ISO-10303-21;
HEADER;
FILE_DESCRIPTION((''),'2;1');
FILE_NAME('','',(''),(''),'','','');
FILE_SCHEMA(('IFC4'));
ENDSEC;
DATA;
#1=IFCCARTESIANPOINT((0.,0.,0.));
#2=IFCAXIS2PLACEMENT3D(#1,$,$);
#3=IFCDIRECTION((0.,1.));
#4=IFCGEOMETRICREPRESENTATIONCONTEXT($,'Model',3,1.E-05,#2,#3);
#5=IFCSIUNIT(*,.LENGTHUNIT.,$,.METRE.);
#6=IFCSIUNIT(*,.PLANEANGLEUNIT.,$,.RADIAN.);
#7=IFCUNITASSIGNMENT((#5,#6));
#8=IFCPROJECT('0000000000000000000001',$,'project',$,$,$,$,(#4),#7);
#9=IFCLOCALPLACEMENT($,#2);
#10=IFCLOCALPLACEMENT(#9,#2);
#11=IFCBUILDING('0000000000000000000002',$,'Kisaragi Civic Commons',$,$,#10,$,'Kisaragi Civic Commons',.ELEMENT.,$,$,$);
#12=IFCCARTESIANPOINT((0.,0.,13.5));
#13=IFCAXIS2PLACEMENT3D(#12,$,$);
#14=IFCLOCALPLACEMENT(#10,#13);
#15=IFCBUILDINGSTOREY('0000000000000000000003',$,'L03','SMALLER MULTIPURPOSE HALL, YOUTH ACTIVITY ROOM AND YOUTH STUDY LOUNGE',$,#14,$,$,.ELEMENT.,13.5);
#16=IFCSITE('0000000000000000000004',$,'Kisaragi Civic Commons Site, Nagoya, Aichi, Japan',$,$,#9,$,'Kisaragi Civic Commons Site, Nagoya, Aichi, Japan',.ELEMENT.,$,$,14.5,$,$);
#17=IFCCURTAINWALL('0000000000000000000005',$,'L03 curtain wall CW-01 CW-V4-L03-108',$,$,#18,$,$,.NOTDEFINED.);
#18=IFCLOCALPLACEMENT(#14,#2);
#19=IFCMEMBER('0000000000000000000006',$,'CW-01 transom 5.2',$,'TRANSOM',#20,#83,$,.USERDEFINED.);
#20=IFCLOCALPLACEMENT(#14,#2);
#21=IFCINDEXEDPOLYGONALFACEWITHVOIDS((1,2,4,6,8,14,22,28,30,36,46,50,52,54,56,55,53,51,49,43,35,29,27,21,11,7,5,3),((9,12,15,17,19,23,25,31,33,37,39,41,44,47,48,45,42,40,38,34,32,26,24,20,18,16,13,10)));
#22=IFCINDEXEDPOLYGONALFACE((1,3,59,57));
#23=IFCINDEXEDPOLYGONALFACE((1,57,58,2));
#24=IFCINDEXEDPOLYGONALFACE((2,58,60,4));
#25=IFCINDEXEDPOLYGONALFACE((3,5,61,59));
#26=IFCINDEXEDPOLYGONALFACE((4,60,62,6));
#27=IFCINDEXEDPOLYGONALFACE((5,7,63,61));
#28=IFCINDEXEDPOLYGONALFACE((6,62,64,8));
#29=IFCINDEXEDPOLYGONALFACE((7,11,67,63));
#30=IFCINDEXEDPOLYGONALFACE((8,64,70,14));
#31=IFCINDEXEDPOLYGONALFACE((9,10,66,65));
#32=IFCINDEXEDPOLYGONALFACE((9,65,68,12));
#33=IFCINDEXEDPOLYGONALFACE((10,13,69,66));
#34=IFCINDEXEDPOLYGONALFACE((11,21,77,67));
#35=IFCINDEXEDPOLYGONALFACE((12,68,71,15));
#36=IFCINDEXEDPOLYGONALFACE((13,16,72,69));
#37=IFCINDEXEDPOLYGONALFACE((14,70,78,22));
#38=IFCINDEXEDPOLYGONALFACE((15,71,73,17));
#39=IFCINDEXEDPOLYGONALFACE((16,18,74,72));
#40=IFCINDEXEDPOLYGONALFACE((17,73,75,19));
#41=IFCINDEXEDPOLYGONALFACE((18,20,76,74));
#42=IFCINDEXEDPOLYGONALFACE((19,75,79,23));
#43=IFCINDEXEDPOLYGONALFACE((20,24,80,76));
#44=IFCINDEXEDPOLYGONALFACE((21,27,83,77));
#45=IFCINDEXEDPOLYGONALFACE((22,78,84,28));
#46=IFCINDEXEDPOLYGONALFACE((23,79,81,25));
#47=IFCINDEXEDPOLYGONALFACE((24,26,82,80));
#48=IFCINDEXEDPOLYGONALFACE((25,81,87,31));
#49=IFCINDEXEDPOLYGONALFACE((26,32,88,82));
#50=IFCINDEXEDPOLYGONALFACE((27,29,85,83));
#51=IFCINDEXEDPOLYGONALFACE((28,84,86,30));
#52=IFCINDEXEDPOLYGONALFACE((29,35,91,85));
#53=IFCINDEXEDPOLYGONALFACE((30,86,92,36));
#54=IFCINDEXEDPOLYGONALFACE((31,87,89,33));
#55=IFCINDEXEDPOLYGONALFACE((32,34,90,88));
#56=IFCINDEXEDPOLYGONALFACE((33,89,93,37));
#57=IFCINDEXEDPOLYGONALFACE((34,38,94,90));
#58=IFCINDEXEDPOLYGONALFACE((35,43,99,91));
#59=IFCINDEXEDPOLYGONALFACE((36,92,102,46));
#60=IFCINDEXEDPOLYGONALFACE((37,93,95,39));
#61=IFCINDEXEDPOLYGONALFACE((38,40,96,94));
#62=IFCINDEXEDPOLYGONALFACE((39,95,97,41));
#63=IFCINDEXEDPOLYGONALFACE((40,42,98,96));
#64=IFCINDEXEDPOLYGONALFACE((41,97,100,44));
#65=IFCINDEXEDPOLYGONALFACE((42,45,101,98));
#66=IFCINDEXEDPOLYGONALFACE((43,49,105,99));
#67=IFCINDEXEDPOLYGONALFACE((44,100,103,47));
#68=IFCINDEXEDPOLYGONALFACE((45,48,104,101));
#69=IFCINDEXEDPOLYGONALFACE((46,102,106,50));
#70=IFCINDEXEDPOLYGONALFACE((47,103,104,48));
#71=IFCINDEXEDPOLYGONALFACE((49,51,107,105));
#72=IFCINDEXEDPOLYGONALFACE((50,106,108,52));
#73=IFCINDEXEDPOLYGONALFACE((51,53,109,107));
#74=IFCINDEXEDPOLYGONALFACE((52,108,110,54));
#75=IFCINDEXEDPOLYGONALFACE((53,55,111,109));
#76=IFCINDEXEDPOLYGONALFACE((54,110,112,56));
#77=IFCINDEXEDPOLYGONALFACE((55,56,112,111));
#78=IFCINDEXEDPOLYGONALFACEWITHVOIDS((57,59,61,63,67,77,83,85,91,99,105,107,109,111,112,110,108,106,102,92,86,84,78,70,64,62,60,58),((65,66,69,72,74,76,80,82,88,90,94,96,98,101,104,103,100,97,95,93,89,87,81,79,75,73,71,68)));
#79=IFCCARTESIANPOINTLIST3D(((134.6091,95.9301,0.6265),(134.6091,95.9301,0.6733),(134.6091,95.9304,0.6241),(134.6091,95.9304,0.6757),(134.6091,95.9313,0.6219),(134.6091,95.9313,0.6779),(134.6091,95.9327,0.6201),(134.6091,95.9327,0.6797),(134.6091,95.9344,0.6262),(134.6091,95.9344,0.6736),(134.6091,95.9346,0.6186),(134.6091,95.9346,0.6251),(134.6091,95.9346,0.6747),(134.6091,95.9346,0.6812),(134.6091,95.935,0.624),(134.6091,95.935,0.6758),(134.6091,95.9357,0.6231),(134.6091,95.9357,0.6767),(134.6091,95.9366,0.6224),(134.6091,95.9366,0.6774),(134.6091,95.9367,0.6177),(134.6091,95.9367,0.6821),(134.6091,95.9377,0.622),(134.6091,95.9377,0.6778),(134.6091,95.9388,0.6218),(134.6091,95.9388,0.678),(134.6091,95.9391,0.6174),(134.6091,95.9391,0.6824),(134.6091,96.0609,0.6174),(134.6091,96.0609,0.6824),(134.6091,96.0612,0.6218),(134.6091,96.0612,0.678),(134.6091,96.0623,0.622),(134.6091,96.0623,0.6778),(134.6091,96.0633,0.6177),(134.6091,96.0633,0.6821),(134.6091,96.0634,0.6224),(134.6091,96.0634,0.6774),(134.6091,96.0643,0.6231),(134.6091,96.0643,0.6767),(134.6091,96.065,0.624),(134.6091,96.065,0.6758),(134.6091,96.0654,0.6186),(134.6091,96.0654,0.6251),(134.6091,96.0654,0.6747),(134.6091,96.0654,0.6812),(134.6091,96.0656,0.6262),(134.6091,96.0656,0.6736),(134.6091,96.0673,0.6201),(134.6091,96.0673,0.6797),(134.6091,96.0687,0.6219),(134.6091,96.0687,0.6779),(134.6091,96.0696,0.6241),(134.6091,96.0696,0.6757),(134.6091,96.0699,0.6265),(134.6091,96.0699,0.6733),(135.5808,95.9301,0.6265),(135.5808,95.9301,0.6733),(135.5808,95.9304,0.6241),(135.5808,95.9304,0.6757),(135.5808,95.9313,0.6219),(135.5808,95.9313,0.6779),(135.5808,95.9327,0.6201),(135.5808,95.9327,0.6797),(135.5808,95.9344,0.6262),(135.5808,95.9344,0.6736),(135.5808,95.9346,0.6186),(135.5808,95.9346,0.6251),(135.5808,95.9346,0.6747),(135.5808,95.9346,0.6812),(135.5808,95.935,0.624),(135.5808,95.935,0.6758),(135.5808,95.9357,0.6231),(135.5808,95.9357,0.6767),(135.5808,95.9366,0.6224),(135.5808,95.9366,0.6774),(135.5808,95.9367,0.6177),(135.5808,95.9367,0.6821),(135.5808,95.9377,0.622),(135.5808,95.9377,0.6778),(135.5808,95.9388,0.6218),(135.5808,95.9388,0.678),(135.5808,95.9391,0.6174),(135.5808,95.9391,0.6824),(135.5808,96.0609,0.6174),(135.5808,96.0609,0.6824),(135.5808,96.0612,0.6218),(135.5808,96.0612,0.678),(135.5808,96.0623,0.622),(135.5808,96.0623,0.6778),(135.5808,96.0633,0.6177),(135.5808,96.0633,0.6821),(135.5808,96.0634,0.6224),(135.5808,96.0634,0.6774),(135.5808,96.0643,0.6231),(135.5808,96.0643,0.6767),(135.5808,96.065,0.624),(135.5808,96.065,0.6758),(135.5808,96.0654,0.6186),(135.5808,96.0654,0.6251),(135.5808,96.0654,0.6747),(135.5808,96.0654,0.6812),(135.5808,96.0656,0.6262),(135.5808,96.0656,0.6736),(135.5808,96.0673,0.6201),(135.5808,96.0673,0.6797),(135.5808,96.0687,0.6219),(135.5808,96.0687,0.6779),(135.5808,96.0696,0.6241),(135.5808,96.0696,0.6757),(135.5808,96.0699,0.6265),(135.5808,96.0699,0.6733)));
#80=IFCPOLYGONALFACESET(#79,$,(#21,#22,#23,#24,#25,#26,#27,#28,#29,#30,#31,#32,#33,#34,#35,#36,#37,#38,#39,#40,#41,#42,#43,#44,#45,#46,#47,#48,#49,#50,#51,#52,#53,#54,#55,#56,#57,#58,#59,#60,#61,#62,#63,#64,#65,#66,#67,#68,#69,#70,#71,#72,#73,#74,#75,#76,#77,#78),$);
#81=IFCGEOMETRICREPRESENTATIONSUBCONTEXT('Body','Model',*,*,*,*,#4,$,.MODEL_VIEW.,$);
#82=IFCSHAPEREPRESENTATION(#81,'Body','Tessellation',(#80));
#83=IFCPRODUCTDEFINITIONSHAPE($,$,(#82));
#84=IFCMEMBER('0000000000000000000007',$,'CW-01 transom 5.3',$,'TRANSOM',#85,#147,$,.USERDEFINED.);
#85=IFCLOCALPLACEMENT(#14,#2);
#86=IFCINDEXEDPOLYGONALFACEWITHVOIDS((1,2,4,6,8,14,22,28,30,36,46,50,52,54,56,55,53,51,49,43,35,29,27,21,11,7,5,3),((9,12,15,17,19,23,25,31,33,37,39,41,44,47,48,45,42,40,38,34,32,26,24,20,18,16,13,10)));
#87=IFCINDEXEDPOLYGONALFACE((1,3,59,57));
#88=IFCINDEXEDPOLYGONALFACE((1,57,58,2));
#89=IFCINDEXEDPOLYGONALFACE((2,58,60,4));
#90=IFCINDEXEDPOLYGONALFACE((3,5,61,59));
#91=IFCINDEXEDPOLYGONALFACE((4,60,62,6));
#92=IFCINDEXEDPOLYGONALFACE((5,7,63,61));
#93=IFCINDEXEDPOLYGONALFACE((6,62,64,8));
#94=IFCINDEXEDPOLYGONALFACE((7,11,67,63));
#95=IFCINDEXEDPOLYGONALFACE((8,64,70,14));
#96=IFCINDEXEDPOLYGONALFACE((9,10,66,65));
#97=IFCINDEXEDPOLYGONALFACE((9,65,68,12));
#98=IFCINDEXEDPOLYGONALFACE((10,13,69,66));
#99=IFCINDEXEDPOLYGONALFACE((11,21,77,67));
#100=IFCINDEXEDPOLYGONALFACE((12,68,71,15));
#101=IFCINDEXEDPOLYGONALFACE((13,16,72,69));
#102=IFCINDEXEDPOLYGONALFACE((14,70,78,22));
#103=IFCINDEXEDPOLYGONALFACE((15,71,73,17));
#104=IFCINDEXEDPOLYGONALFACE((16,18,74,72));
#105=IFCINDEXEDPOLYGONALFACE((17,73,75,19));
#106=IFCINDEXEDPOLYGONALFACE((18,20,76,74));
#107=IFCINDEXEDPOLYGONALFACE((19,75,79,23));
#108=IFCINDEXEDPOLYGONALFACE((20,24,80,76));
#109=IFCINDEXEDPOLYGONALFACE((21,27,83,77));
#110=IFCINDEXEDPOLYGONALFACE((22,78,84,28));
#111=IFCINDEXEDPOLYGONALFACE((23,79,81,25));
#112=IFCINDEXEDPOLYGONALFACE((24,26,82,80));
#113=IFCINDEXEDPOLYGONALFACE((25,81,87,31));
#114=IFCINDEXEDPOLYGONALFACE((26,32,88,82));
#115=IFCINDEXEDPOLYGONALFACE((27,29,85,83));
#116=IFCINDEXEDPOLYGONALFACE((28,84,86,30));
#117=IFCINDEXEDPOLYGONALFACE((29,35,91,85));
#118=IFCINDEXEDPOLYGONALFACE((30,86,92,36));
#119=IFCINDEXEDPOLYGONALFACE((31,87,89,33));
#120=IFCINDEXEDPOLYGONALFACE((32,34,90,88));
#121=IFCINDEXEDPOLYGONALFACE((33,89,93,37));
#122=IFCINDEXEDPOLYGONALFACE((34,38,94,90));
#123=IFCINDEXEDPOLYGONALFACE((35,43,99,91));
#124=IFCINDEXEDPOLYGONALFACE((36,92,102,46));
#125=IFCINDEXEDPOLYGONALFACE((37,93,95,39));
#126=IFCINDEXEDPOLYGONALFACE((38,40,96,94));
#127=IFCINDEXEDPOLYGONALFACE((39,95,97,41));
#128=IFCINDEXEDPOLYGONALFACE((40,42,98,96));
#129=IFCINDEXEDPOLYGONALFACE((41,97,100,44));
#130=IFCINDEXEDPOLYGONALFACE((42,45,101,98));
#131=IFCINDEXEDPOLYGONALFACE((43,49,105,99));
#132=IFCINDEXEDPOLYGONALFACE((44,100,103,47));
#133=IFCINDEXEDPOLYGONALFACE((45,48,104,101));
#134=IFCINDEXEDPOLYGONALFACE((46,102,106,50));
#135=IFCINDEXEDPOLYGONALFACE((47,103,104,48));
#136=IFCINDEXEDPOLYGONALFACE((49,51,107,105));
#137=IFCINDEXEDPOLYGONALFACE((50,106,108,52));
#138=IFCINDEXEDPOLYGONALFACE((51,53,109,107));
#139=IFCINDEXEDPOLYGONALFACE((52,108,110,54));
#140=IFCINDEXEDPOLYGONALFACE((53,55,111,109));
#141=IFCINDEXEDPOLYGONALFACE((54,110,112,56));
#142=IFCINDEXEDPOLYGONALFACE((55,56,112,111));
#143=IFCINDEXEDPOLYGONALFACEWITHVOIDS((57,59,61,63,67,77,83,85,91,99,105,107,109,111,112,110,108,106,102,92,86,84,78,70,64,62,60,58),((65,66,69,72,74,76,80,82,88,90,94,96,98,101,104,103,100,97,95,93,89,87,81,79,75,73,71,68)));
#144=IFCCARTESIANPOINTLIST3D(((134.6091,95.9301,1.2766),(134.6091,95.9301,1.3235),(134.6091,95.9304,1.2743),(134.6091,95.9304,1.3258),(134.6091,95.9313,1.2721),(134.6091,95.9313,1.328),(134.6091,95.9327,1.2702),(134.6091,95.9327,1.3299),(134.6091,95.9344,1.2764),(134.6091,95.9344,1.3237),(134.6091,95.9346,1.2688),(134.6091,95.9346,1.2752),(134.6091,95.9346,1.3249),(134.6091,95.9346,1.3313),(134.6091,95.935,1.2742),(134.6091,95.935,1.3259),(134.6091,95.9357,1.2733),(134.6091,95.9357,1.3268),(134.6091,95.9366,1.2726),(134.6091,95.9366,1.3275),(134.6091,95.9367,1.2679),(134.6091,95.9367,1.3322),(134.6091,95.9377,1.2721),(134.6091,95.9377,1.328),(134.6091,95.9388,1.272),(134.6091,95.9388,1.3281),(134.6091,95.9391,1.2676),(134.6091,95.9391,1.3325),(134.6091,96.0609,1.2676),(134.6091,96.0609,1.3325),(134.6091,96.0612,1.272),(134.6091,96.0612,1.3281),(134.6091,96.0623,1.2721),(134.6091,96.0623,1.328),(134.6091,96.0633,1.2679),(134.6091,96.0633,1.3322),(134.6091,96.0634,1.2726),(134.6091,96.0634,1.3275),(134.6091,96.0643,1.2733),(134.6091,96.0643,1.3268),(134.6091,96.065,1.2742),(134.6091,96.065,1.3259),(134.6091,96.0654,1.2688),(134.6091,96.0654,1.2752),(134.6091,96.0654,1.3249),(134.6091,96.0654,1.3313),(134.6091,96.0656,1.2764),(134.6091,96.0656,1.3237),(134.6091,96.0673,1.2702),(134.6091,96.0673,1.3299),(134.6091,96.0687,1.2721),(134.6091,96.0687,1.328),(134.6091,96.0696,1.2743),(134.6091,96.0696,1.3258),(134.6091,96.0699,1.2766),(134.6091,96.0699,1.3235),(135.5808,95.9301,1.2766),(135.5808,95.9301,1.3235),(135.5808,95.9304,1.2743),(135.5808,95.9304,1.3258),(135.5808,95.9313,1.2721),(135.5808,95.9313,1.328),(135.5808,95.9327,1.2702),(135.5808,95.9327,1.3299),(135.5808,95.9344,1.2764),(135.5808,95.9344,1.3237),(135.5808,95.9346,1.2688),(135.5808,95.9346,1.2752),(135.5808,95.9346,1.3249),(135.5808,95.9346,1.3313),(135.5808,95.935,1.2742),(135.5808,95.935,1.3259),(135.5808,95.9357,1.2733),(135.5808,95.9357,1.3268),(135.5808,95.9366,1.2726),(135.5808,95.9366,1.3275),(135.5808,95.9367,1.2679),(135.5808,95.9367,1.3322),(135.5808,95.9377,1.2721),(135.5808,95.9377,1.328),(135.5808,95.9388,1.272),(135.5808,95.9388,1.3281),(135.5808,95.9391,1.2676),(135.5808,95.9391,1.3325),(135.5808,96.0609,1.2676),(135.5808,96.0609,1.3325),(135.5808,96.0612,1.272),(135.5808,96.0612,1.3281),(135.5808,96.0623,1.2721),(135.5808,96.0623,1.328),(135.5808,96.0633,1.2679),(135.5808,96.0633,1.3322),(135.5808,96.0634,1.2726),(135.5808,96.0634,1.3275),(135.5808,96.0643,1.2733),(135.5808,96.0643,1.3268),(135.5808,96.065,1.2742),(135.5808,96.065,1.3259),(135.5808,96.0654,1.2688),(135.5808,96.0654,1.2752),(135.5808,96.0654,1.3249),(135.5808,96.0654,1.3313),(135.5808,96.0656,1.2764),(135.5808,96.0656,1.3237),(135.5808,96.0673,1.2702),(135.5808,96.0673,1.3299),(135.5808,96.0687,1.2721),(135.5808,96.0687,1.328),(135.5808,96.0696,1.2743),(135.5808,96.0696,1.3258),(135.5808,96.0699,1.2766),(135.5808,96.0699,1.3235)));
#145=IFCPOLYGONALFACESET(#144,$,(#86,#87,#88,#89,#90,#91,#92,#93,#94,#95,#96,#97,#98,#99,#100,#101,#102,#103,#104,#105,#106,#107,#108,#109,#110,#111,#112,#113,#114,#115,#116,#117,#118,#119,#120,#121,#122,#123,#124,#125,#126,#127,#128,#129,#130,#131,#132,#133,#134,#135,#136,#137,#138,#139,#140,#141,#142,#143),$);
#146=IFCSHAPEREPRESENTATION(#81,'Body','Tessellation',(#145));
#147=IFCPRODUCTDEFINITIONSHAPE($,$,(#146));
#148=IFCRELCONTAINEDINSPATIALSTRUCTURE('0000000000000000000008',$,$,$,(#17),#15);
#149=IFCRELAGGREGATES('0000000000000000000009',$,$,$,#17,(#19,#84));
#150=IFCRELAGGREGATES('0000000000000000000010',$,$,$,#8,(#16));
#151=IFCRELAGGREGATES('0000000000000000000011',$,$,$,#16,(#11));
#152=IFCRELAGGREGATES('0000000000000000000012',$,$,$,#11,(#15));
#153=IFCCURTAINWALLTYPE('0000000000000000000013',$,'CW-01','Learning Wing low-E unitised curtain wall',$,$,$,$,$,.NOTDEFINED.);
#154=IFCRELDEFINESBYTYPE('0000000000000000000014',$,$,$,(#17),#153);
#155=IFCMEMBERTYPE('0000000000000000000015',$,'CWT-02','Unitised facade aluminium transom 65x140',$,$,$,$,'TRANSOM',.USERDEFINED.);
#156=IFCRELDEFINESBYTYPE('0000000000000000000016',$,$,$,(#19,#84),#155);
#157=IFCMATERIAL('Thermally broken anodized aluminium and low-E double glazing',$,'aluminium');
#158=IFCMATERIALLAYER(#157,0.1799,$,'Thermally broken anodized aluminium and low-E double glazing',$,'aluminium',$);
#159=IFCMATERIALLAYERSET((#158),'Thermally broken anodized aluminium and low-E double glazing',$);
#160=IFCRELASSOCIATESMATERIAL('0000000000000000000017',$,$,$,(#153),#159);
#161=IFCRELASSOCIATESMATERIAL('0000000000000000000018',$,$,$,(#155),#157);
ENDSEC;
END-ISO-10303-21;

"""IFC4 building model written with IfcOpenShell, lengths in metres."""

from ifc_helpers import new_model, si_unit, direction, frame, origin, origin_2d, place, context, subcontext, project, spatial, hollow_rectangle, extrude, material, layer, layer_set, material_profile, profile_set, type_object, element, aggregate, save


model = new_model("IFC4")

# Units and contexts
model_context = context("Model", 3, precision=1e-05, world=origin(), true_north=direction((0.0, 1.0)))
body_context = subcontext(model_context, "Body", "Model", "MODEL_VIEW")
ifc_project = project(units=[si_unit("LENGTHUNIT", "METRE"), si_unit("PLANEANGLEUNIT", "RADIAN")], contexts=[model_context])

# Site, building, storey
site_placement = place(None, origin())
site = spatial("IfcSite", under=ifc_project, at=site_placement, Name="Kisaragi Civic Commons Site, Nagoya, Aichi, Japan", LongName="Kisaragi Civic Commons Site, Nagoya, Aichi, Japan", CompositionType="ELEMENT", RefElevation=14.5)
building_placement = place(site_placement, origin())
building = spatial("IfcBuilding", under=site, at=building_placement, Name="Kisaragi Civic Commons", LongName="Kisaragi Civic Commons", CompositionType="ELEMENT")
storey_placement = place(building_placement, frame((0.0, 0.0, 13.5)))
storey = spatial("IfcBuildingStorey", under=building, at=storey_placement, Name="L03", Description="SMALLER MULTIPURPOSE HALL, YOUTH ACTIVITY ROOM AND YOUTH STUDY LOUNGE", CompositionType="ELEMENT", Elevation=13.5)

# Curtain wall, members
ifc_material = material(Name="Thermally broken anodized aluminium and low-E double glazing", Category="aluminium")
ifc_layer_1 = layer(ifc_material, 0.1799, Name="Thermally broken anodized aluminium and low-E double glazing", Category="aluminium")
ifc_layer_set_1 = layer_set([ifc_layer_1], Name="Thermally broken anodized aluminium and low-E double glazing")
curtain_wall_type = type_object("IfcCurtainWallType", Name="CW-01", Description="Learning Wing low-E unitised curtain wall", PredefinedType="NOTDEFINED", material=ifc_layer_set_1)
curtain_wall_placement = place(storey_placement, origin())
curtain_wall = element("IfcCurtainWall", 1, at=curtain_wall_placement, inside=storey, type_object=curtain_wall_type, Name="L03 curtain wall CW-01 CW-V4-L03-108", PredefinedType="NOTDEFINED")
ifc_material_profile_1 = material_profile(ifc_material, hollow_rectangle(XDim=0.1399, YDim=0.0649, WallThickness=0.0044, InnerFilletRadius=0.0044, OuterFilletRadius=0.009, at=origin_2d()), Name="CWT-65x140x4.5", Category="aluminium")
ifc_profile_set_1 = profile_set([ifc_material_profile_1], Name="Thermally broken anodized aluminium and low-E double glazing")
member_type_1 = type_object("IfcMemberType", Name="CWT-02", Description="Unitised facade aluminium transom 65x140", ElementType="TRANSOM", PredefinedType="USERDEFINED", material=ifc_profile_set_1)
member_1_placement = place(storey_placement, frame((135.5808, 96.0, 0.6499), z_axis=(-1.0, 0.0, 0.0), x_axis=(0.0, -1.0, 0.0)))
member_1 = element("IfcMember", 2, at=member_1_placement, type_object=member_type_1, Name="CW-01 transom 5.2", ObjectType="TRANSOM", PredefinedType="USERDEFINED", context=body_context, shape_type="SweptSolid", body=[
    extrude(hollow_rectangle(XDim=0.1399, YDim=0.0649, WallThickness=0.0044, InnerFilletRadius=0.0044, OuterFilletRadius=0.009, at=origin_2d()), origin(), (0.0, 0.0, 1.0), 0.9717),
])
member_2_placement = place(storey_placement, frame((135.5808, 96.0, 1.3), z_axis=(-1.0, 0.0, 0.0), x_axis=(0.0, -1.0, 0.0)))
member_2 = element("IfcMember", 3, at=member_2_placement, type_object=member_type_1, Name="CW-01 transom 5.3", ObjectType="TRANSOM", PredefinedType="USERDEFINED", context=body_context, shape_type="SweptSolid", body=[
    extrude(hollow_rectangle(XDim=0.1399, YDim=0.0649, WallThickness=0.0044, InnerFilletRadius=0.0044, OuterFilletRadius=0.009, at=origin_2d()), origin(), (0.0, 0.0, 1.0), 0.9717),
])
aggregate(curtain_wall, [member_1, member_2])

save(model, "model.ifc")
